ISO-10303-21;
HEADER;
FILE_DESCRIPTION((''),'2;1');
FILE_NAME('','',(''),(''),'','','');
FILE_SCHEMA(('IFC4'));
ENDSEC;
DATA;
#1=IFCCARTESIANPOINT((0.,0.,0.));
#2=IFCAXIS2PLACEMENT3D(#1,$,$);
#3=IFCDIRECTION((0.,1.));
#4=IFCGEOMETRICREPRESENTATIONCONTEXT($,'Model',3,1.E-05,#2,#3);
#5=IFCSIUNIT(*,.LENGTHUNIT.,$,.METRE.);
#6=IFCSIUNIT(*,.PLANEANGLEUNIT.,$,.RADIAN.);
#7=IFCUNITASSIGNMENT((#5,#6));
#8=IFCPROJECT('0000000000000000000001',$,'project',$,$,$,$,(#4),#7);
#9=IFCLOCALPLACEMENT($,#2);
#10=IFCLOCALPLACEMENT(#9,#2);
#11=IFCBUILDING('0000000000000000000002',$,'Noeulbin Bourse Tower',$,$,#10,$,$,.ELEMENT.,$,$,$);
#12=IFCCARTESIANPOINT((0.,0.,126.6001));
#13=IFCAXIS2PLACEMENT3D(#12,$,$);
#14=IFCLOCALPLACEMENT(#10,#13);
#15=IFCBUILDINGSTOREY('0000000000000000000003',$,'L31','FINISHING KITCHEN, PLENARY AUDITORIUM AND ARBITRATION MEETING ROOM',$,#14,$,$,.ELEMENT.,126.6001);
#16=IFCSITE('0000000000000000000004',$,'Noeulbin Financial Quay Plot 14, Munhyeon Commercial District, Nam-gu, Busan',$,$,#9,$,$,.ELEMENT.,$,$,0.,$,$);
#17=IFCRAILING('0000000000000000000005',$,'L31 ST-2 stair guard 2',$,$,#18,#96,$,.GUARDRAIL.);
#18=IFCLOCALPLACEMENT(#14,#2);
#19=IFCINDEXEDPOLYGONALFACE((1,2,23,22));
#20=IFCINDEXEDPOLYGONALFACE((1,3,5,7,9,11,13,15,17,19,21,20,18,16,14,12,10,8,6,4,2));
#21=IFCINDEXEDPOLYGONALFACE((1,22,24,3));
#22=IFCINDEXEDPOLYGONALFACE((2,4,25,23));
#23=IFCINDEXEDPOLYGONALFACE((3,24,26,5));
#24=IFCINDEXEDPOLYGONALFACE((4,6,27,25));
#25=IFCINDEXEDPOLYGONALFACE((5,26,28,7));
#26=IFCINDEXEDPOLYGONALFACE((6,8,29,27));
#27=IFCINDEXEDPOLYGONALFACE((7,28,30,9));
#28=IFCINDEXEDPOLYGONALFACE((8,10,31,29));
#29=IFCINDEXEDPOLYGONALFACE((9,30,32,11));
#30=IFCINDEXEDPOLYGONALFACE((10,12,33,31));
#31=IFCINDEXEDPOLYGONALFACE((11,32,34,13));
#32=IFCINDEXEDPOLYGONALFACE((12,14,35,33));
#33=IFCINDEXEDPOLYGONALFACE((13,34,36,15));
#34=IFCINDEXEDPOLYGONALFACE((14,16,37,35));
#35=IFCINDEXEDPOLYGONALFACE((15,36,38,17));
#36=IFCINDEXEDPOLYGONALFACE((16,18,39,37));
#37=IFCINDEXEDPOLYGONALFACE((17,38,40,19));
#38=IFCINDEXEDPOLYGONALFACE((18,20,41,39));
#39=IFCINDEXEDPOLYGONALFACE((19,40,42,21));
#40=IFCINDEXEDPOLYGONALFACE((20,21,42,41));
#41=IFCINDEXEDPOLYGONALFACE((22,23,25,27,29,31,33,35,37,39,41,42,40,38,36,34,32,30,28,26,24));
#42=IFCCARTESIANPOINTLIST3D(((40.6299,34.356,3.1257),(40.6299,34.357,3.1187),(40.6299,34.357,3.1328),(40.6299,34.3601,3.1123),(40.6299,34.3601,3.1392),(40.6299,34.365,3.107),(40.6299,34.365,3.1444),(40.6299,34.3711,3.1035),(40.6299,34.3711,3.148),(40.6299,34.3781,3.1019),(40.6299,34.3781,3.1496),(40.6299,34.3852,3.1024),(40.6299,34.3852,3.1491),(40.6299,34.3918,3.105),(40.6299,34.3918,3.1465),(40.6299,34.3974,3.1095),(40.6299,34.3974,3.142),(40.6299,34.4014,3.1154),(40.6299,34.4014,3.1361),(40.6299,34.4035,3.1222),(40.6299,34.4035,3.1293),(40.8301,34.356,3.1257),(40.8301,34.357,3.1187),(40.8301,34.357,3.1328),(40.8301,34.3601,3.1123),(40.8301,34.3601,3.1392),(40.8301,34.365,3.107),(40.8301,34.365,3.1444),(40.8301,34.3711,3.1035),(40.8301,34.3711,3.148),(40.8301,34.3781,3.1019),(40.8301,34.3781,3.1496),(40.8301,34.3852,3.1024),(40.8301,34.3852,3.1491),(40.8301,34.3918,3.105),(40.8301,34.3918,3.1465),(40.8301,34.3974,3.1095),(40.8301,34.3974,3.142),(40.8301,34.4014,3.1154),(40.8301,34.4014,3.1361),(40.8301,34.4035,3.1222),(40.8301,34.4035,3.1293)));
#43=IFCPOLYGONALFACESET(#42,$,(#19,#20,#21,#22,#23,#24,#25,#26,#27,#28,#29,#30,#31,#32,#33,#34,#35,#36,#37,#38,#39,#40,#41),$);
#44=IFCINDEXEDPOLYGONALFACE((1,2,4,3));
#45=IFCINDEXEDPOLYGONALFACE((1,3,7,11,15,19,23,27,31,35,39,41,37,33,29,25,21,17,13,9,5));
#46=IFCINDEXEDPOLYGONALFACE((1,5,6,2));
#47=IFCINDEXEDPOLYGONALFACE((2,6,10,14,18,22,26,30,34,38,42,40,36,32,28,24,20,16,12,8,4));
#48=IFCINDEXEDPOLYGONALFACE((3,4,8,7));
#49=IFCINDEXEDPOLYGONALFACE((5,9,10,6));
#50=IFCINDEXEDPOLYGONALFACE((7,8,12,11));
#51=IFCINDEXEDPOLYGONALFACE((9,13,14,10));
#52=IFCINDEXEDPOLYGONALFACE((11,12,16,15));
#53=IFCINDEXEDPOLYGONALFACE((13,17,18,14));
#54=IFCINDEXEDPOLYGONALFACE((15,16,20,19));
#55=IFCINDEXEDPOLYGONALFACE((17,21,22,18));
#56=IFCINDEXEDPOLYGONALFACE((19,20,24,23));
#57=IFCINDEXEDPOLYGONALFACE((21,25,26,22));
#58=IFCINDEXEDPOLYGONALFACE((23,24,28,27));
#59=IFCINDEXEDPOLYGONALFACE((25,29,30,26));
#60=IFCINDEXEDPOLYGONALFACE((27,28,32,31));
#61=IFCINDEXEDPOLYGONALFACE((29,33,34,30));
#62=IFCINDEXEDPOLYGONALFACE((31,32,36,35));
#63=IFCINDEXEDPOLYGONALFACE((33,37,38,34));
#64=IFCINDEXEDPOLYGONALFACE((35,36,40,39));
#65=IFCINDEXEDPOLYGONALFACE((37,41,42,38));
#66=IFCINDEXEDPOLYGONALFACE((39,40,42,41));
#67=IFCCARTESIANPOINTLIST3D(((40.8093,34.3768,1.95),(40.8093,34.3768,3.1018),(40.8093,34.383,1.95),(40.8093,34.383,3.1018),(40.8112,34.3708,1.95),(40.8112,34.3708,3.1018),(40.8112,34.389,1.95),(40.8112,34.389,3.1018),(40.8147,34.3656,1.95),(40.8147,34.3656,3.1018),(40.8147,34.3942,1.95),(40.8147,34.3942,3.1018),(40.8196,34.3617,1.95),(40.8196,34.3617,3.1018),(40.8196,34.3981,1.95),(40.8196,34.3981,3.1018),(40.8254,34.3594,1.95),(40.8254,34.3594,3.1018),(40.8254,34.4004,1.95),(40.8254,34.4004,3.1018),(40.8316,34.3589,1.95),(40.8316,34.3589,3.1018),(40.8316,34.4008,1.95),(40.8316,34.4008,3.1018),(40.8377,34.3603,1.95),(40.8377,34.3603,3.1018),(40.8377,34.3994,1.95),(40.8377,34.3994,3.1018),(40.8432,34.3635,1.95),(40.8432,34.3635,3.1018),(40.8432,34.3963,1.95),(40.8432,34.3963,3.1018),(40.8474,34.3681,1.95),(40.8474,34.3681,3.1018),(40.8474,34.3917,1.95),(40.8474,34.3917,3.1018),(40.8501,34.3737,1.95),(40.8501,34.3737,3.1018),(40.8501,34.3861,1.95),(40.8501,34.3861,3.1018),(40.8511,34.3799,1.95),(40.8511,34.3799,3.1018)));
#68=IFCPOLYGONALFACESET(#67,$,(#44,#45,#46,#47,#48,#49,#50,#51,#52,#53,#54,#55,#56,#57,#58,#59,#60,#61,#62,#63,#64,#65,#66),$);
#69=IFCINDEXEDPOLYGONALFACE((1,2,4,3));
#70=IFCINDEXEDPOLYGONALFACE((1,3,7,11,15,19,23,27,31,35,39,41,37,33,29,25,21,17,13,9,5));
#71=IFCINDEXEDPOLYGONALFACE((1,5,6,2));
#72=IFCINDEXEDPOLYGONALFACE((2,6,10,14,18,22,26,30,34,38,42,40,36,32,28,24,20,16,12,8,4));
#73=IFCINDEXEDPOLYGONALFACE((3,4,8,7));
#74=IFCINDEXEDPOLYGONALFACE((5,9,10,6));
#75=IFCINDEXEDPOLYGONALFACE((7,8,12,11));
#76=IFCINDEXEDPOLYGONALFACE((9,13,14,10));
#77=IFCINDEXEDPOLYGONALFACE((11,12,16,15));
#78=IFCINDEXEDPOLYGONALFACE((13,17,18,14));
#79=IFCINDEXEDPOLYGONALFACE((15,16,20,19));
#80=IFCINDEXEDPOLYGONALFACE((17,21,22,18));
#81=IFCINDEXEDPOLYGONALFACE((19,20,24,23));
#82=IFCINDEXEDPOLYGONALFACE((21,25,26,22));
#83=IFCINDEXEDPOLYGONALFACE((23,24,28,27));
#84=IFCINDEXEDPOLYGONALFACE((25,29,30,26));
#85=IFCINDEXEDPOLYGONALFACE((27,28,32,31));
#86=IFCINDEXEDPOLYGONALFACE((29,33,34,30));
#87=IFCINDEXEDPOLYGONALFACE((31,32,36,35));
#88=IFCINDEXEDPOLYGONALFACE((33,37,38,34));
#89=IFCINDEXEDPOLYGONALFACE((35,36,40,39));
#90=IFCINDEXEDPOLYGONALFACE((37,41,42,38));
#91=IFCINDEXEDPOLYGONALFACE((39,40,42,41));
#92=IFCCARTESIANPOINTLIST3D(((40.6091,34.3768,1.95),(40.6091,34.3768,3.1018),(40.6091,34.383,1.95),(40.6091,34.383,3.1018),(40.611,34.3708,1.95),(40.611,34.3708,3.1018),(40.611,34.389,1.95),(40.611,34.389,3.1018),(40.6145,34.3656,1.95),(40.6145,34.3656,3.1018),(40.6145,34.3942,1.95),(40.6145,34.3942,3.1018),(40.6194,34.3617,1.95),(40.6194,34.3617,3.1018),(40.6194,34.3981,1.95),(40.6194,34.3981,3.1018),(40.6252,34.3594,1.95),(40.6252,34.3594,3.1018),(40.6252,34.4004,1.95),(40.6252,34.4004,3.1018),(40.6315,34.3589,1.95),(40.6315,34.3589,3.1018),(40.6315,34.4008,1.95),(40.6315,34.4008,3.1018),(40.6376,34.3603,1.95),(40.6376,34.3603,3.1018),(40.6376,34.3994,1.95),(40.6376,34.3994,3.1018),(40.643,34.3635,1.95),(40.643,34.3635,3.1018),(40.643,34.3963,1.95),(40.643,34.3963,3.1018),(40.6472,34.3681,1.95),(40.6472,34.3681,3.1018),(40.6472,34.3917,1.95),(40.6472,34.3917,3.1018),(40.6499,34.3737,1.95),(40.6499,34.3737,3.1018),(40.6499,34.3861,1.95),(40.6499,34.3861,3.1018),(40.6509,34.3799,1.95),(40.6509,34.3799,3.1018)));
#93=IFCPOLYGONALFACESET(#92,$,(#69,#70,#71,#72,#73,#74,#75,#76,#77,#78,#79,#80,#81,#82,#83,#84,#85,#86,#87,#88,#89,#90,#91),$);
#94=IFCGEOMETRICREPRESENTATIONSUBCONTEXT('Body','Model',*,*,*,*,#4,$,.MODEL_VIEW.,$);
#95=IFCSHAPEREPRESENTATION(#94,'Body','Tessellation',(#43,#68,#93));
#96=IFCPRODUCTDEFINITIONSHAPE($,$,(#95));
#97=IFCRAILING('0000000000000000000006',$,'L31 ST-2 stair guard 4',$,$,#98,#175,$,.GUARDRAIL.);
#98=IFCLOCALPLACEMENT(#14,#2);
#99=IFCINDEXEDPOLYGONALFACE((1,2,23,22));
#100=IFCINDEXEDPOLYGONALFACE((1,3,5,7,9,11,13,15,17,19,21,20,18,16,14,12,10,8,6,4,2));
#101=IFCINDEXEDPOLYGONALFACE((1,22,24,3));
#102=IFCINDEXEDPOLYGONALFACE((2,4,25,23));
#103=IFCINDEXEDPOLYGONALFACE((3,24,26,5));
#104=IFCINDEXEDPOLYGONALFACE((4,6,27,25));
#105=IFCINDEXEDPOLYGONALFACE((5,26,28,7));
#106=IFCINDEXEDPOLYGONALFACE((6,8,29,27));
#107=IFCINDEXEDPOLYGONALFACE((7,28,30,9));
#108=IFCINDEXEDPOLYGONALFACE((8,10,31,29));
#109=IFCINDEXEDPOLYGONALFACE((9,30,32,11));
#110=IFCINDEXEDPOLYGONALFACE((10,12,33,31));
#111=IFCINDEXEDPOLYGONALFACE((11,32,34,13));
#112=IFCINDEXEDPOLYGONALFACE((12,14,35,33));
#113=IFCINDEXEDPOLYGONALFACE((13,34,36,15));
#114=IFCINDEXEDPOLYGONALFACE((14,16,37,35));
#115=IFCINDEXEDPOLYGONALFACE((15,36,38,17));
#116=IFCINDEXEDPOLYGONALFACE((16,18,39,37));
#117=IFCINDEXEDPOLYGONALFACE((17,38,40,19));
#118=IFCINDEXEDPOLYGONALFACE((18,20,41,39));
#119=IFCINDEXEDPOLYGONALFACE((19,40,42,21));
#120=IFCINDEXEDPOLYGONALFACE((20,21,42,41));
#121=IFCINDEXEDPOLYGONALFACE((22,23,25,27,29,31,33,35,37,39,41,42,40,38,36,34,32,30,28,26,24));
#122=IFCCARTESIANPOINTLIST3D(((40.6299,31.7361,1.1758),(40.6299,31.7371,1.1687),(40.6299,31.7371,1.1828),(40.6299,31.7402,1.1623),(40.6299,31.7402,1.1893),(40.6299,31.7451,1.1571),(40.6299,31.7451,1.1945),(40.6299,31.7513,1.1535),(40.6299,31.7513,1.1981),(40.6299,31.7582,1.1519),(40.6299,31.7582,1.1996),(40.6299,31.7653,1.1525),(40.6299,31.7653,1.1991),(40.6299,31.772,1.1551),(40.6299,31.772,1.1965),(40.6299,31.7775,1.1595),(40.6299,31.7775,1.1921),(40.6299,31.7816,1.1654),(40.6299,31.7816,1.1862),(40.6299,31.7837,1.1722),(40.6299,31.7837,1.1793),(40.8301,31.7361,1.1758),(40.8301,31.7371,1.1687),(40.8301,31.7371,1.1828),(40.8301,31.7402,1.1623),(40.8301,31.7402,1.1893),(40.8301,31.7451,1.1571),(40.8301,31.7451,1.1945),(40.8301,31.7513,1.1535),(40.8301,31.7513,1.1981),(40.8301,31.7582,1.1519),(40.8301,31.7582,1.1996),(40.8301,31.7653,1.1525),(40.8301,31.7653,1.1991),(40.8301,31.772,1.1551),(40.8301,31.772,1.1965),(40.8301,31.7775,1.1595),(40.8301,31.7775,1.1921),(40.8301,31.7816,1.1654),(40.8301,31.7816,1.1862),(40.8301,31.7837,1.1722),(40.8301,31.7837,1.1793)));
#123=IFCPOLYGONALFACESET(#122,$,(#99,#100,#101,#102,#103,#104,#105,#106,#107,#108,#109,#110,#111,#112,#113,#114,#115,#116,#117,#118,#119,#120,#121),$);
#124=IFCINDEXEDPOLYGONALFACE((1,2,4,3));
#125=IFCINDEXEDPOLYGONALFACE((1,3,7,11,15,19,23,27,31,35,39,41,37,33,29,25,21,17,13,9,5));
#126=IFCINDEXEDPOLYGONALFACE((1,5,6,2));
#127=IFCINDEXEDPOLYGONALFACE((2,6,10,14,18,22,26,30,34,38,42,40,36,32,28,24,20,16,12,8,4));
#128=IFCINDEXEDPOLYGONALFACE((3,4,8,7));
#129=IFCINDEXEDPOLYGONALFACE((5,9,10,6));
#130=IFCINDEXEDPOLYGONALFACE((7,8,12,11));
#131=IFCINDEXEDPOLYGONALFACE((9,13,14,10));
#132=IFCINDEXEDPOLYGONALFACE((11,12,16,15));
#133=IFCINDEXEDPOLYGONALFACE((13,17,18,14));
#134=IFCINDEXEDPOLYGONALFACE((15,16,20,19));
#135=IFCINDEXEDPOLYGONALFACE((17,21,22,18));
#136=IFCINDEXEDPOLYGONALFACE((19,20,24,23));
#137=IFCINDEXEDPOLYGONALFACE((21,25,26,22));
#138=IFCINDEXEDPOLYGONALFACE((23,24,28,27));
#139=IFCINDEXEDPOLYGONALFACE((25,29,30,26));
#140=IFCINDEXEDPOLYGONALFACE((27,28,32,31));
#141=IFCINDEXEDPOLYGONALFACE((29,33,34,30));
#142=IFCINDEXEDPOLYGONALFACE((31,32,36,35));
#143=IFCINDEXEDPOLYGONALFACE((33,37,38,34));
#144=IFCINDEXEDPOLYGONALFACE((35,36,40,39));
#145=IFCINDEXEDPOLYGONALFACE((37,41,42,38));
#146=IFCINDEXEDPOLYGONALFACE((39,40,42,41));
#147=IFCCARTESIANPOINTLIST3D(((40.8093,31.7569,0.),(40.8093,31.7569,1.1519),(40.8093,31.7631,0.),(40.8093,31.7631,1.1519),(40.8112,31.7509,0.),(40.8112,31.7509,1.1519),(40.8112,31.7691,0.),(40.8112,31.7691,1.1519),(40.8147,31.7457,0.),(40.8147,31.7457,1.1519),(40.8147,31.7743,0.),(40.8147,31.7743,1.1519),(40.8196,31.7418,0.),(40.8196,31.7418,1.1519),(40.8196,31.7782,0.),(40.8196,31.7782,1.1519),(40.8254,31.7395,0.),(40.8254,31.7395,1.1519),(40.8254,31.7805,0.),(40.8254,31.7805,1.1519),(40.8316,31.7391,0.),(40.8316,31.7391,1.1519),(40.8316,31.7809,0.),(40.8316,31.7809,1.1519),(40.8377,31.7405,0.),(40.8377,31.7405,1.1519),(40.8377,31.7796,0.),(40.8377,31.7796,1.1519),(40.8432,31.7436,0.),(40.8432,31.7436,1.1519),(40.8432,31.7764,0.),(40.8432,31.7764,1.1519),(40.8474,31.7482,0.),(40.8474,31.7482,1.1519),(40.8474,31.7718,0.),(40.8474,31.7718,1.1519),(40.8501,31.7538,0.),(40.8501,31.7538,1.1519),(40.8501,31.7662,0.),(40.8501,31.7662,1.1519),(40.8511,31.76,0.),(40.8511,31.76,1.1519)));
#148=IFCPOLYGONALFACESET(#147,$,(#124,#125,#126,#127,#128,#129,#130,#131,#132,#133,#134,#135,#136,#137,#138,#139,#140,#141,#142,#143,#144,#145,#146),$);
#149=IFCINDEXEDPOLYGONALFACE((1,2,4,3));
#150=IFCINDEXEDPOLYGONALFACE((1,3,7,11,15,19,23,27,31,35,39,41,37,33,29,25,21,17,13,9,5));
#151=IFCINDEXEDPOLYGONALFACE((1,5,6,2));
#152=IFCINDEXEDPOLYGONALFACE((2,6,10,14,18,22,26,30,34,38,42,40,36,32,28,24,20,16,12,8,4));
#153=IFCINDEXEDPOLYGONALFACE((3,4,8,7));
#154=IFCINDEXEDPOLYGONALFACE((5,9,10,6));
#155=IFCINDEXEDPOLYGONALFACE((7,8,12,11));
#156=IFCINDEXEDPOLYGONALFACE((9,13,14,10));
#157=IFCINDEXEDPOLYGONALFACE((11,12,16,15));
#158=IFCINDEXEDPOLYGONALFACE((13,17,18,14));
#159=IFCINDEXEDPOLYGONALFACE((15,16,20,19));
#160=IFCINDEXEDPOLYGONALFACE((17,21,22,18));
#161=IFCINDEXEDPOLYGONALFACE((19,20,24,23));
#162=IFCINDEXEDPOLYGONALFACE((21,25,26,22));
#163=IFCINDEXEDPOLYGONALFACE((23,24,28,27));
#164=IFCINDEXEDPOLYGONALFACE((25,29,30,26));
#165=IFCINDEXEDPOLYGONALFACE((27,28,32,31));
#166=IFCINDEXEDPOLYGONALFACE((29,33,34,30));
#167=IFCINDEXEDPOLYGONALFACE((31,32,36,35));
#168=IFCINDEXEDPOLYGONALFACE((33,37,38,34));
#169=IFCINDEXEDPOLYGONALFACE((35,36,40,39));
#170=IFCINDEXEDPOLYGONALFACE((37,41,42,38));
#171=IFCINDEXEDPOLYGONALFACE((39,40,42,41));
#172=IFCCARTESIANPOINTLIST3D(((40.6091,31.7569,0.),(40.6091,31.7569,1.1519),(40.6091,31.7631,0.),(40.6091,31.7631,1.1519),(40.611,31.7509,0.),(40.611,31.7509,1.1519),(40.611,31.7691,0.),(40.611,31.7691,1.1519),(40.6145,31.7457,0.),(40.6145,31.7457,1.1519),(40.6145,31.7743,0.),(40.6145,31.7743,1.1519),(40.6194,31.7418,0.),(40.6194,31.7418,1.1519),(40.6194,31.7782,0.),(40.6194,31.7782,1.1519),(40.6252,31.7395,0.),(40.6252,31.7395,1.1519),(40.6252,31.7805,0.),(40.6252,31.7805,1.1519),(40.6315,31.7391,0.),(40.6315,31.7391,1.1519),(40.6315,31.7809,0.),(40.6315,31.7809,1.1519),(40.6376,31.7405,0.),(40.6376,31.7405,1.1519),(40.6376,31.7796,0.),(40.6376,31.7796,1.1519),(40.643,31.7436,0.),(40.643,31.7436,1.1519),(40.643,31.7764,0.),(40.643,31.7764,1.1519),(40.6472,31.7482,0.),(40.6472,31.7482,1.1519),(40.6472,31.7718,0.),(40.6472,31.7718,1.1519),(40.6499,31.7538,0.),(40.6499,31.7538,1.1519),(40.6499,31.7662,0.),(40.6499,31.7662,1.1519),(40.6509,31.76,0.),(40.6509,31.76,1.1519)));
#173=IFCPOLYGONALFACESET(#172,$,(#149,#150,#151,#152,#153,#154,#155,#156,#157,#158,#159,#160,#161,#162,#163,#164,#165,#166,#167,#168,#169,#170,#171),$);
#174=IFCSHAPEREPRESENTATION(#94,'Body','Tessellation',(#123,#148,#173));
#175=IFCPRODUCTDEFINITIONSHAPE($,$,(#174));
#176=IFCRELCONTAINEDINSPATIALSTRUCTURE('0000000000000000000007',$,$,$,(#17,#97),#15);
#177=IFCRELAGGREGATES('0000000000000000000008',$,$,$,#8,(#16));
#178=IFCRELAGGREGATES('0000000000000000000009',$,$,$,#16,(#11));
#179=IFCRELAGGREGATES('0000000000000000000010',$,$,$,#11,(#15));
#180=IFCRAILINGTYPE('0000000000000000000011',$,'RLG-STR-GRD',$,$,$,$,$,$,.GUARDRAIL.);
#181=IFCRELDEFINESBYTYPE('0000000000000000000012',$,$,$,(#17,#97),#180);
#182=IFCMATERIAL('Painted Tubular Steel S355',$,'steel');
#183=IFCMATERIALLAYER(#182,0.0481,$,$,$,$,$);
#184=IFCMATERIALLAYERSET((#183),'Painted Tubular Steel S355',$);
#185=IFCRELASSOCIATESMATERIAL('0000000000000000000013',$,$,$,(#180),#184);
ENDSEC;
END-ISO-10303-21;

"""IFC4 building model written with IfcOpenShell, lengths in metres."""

from ifc_helpers import new_model, si_unit, direction, frame, origin, origin_2d, place, context, subcontext, project, spatial, circle, extrude, material, layer, layer_set, type_object, element, save


model = new_model("IFC4")

# Units and contexts
model_context = context("Model", 3, precision=1e-05, world=origin(), true_north=direction((0.0, 1.0)))
body_context = subcontext(model_context, "Body", "Model", "MODEL_VIEW")
ifc_project = project(units=[si_unit("LENGTHUNIT", "METRE"), si_unit("PLANEANGLEUNIT", "RADIAN")], contexts=[model_context])

# Site, building, storey
site_placement = place(None, origin())
site = spatial("IfcSite", under=ifc_project, at=site_placement, Name="Noeulbin Financial Quay Plot 14, Munhyeon Commercial District, Nam-gu, Busan", CompositionType="ELEMENT", RefElevation=0.0)
building_placement = place(site_placement, origin())
building = spatial("IfcBuilding", under=site, at=building_placement, Name="Noeulbin Bourse Tower", CompositionType="ELEMENT")
storey_placement = place(building_placement, frame((0.0, 0.0, 126.6001)))
storey = spatial("IfcBuildingStorey", under=building, at=storey_placement, Name="L31", Description="FINISHING KITCHEN, PLENARY AUDITORIUM AND ARBITRATION MEETING ROOM", CompositionType="ELEMENT", Elevation=126.6001)

# Railings
ifc_material_1 = material(Name="Painted Tubular Steel S355", Category="steel")
ifc_layer_1 = layer(ifc_material_1, 0.0481)
ifc_layer_set_1 = layer_set([ifc_layer_1], Name="Painted Tubular Steel S355")
railing_type_1 = type_object("IfcRailingType", Name="RLG-STR-GRD", PredefinedType="GUARDRAIL", material=ifc_layer_set_1)
for number, where, name in (
    (1, (40.8301, 34.3799, 1.95), "L31 ST-2 stair guard 2"),
    (2, (40.8301, 31.76, 0.0), "L31 ST-2 stair guard 4"),
):
    element("IfcRailing", number, at=place(storey_placement, frame(where)), inside=storey, type_object=railing_type_1, Name=name, PredefinedType="GUARDRAIL", context=body_context, shape_type="SweptSolid", body=[
        extrude(circle(Radius=0.0239, at=origin_2d()), frame((0.0, 0.0, 1.1758), z_axis=(-1.0, 0.0, 0.0), x_axis=(0.0, -1.0, 0.0)), (0.0, 0.0, 1.0), 0.2002),
        extrude(circle(Radius=0.021, at=origin_2d()), origin(), (0.0, 0.0, 1.0), 1.1519),
        extrude(circle(Radius=0.021, at=origin_2d()), frame((-0.2002, 0.0, 0.0)), (0.0, 0.0, 1.0), 1.1519),
    ])

save(model, "model.ifc")
